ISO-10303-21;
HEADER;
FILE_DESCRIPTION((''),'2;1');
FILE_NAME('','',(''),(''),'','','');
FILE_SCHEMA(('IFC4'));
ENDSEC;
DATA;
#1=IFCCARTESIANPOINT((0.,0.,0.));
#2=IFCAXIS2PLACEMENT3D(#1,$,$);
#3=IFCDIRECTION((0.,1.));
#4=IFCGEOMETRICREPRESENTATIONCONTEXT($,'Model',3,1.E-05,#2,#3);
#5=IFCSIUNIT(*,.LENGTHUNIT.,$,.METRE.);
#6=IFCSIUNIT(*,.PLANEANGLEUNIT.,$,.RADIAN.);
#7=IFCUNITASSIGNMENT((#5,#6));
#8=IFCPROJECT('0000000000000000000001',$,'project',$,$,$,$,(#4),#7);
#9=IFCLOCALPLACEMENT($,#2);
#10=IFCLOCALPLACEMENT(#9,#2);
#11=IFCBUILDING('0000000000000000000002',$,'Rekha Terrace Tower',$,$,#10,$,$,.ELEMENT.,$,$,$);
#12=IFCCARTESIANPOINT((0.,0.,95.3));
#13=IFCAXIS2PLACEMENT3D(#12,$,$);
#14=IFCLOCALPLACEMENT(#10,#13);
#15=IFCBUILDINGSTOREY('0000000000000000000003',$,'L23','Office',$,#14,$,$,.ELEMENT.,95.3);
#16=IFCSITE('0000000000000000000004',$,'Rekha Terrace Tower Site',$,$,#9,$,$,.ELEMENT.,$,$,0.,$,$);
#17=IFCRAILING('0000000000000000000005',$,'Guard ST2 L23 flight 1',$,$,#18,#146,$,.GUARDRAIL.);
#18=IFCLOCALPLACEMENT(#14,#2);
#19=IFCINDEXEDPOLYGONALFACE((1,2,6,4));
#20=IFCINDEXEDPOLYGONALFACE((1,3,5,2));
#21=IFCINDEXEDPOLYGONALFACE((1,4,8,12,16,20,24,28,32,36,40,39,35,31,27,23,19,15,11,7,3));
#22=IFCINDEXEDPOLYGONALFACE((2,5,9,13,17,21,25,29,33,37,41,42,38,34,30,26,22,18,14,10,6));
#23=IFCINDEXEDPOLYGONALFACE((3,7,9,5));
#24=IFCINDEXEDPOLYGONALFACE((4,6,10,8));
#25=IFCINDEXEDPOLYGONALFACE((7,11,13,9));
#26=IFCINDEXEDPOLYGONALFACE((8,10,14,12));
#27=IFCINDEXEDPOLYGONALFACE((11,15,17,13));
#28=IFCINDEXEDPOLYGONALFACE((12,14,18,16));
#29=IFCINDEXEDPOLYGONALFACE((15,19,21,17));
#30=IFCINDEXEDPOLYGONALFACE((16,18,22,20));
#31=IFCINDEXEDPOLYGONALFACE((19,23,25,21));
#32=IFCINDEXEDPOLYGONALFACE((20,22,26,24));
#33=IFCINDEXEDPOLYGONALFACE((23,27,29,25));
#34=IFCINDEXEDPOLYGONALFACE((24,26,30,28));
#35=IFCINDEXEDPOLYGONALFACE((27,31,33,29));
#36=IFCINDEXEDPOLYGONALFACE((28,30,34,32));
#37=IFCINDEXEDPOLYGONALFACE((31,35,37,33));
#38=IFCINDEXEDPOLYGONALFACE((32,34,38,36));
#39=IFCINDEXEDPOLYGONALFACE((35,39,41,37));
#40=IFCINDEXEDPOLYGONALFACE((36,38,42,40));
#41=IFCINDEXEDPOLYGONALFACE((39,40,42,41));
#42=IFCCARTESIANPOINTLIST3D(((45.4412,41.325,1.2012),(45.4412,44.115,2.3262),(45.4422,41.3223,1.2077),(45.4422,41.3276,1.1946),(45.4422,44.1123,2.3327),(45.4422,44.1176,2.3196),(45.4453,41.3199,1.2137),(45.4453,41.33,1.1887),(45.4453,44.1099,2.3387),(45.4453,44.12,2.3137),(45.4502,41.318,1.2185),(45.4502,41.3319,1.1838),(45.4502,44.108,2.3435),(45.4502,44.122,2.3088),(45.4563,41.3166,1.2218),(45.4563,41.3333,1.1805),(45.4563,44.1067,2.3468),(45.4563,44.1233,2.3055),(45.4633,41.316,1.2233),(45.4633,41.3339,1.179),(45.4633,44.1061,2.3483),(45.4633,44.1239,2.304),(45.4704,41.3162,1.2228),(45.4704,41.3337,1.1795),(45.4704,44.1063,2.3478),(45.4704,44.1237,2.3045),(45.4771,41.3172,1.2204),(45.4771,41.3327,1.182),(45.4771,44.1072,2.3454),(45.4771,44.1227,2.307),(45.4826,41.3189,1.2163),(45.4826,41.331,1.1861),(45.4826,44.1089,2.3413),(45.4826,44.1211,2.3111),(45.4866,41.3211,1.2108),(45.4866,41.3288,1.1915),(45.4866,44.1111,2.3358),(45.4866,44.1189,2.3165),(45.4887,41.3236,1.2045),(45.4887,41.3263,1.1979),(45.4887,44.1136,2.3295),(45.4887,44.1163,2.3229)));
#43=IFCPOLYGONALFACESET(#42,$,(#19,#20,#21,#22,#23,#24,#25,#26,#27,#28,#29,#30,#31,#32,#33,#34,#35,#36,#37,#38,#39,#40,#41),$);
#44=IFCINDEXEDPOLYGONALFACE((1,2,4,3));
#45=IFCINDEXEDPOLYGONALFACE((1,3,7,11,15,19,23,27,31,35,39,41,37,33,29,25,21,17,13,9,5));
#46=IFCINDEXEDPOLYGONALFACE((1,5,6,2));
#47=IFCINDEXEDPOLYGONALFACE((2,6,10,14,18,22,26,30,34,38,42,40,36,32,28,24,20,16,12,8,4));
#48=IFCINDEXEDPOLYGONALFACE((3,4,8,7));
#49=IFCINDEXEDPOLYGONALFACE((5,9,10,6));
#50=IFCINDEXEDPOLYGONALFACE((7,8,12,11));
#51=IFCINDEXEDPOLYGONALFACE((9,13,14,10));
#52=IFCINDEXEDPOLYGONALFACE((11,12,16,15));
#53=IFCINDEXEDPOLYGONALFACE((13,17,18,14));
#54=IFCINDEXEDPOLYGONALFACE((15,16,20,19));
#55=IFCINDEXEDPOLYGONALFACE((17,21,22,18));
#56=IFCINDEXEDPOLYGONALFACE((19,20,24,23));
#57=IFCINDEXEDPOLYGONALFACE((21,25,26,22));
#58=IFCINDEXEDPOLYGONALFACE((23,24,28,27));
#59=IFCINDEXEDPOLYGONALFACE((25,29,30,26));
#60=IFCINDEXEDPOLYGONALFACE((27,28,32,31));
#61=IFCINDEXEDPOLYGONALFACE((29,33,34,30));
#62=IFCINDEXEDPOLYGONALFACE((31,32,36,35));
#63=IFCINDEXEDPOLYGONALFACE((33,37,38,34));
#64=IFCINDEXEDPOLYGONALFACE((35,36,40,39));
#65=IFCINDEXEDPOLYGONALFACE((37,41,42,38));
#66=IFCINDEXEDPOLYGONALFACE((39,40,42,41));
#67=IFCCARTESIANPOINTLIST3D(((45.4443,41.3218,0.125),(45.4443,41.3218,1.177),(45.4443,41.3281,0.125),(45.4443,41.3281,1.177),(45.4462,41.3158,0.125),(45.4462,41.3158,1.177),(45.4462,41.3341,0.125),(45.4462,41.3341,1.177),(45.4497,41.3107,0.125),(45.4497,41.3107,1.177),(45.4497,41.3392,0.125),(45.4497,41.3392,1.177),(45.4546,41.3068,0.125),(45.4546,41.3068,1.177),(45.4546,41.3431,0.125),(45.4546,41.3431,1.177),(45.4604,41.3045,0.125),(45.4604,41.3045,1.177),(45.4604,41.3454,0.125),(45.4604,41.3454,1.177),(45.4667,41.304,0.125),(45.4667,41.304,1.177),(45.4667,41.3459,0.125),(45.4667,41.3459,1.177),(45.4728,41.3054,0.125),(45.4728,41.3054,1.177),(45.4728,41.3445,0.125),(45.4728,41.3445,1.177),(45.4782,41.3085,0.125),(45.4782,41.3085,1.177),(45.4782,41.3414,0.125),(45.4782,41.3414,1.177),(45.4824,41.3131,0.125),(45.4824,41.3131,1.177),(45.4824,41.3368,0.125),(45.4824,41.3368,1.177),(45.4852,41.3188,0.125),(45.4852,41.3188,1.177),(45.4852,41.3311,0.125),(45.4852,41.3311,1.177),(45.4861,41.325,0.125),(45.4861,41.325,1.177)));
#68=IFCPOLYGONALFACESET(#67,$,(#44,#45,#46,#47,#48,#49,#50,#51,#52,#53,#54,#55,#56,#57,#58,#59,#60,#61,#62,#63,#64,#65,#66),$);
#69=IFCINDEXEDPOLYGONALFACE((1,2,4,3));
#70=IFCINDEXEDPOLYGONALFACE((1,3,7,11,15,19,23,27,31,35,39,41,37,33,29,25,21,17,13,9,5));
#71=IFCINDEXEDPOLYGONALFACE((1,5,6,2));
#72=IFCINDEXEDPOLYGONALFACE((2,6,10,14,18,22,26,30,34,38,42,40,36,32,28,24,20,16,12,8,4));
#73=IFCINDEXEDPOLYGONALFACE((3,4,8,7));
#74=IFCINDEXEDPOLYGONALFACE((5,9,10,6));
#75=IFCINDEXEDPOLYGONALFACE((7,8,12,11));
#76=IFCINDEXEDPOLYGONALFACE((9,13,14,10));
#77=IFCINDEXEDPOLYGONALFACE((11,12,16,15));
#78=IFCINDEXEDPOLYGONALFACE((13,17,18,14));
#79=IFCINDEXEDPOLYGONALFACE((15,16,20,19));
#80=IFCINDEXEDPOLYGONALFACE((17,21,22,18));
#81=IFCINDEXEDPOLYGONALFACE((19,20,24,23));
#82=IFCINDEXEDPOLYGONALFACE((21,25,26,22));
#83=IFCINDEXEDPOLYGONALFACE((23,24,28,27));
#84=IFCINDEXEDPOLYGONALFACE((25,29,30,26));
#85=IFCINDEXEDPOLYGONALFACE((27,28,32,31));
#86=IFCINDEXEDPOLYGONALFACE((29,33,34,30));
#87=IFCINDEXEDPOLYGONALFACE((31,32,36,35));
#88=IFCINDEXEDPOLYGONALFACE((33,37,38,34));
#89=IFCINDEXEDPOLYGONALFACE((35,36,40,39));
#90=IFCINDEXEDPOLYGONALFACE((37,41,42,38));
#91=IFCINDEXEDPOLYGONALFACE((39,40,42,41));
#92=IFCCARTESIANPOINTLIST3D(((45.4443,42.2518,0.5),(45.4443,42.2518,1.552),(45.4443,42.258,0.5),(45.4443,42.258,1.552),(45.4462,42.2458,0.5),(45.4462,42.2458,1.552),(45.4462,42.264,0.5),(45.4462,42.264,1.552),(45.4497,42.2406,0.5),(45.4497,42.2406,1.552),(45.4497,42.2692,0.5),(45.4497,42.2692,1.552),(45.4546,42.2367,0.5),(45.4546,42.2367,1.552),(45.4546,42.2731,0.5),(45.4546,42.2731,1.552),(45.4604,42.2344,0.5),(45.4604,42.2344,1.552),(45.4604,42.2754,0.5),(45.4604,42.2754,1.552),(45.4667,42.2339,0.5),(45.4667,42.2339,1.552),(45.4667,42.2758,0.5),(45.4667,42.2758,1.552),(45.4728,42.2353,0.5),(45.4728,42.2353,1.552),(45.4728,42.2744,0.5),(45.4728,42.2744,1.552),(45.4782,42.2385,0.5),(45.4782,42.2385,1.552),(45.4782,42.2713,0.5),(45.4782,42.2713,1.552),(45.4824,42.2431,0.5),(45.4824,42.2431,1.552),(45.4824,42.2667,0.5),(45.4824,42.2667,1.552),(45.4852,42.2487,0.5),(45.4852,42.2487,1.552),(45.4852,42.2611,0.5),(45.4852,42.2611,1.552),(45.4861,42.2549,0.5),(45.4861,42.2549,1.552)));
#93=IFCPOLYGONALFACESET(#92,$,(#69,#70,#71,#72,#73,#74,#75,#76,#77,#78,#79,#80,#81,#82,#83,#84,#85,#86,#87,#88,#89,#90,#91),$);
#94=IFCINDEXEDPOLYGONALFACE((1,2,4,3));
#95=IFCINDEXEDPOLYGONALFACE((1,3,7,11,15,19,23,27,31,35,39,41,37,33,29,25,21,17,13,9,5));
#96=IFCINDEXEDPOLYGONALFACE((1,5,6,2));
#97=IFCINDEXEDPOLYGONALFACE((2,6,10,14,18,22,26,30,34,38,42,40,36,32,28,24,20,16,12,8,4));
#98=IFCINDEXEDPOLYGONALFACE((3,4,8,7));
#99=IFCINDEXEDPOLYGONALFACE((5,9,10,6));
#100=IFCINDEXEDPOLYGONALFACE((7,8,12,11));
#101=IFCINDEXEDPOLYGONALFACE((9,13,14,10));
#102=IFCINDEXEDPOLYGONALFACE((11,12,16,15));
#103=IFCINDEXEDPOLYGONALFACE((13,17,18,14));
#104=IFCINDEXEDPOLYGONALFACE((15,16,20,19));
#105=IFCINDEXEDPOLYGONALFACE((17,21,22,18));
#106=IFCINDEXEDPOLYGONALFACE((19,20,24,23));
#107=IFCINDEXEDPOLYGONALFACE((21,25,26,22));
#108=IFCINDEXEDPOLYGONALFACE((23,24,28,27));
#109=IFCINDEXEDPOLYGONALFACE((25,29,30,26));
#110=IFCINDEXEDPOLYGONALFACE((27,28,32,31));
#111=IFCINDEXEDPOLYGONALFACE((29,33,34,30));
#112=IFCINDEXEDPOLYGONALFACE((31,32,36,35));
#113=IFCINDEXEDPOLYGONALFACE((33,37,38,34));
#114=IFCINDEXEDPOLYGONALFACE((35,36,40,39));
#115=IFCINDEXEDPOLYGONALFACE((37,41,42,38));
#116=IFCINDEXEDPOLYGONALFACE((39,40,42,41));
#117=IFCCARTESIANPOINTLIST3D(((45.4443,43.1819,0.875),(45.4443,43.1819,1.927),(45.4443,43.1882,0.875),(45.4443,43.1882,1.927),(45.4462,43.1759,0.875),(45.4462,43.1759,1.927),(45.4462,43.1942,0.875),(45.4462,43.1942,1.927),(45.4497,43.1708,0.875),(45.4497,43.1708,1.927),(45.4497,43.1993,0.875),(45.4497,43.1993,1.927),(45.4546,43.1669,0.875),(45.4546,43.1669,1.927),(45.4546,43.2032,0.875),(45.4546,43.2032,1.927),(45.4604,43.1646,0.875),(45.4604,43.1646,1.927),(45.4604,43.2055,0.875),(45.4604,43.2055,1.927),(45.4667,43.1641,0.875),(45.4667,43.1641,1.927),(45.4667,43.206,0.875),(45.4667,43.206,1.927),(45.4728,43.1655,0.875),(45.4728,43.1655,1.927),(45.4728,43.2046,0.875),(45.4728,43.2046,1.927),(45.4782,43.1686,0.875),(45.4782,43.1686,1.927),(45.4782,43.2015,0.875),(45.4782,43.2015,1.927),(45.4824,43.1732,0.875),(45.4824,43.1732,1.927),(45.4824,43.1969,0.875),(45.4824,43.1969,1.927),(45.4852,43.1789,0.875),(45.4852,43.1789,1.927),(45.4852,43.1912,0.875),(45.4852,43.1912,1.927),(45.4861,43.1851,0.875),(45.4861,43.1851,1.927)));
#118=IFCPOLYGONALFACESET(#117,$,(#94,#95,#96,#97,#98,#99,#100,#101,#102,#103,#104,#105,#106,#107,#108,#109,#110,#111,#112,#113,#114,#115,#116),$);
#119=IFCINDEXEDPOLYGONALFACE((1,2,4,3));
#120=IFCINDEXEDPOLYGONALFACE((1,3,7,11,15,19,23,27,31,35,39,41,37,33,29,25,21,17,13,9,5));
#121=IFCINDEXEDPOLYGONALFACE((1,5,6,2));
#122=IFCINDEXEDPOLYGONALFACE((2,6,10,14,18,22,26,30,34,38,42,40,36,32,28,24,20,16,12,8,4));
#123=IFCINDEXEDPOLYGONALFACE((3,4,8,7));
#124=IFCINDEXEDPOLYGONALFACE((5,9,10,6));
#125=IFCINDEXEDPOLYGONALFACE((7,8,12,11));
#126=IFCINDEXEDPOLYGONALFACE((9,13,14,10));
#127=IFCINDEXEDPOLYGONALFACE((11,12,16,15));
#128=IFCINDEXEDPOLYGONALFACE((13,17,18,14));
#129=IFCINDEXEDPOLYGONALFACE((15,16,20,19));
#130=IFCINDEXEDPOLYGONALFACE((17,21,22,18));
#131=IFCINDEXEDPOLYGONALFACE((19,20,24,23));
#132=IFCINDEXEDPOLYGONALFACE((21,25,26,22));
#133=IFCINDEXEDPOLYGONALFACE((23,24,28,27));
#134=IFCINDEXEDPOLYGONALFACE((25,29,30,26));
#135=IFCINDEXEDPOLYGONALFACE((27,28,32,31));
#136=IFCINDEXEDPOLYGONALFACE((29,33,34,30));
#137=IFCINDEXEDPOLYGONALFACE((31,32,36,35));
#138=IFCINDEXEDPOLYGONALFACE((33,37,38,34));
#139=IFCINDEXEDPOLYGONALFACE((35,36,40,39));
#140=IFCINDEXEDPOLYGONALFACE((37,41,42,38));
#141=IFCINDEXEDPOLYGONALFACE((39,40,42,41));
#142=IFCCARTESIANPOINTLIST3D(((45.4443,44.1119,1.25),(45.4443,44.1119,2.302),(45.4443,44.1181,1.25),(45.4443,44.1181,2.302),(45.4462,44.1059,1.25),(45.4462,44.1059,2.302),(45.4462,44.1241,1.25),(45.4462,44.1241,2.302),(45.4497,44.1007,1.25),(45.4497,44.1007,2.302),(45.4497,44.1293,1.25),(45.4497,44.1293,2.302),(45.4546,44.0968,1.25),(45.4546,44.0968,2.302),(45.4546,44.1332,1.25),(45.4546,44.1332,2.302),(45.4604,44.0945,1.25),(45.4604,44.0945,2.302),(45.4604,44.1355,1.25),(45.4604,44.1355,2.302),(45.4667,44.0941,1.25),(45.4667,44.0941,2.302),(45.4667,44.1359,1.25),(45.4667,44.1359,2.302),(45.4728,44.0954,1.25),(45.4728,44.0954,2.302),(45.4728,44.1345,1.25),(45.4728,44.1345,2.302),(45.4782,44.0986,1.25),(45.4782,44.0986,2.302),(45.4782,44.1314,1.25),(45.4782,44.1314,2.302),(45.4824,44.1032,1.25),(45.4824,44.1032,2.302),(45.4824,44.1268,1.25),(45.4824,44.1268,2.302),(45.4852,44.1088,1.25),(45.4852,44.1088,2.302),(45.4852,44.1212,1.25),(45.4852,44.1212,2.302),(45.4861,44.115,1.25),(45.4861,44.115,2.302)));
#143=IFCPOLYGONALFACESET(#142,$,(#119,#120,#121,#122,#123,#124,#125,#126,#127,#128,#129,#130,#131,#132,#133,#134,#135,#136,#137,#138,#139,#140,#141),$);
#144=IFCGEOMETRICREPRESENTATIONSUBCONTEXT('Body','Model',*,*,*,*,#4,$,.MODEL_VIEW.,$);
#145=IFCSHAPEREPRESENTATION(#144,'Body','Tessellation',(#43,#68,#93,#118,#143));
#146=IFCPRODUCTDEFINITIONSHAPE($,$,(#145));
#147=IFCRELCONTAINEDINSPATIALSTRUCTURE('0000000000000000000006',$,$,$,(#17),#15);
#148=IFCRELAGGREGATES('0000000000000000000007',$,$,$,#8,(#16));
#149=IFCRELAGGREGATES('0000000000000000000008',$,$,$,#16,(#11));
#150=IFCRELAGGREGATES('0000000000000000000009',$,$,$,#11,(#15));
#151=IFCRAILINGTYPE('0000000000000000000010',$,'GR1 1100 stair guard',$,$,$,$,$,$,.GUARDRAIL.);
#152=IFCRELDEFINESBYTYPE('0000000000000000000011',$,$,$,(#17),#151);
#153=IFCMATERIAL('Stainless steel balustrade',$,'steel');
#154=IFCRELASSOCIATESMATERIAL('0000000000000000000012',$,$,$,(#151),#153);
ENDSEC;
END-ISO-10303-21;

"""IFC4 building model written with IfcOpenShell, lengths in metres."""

from ifc_helpers import new_model, si_unit, direction, frame, origin, origin_2d, place, context, subcontext, project, spatial, circle, extrude, material, type_object, element, save


model = new_model("IFC4")

# Units and contexts
model_context = context("Model", 3, precision=1e-05, world=origin(), true_north=direction((0.0, 1.0)))
body_context = subcontext(model_context, "Body", "Model", "MODEL_VIEW")
ifc_project = project(units=[si_unit("LENGTHUNIT", "METRE"), si_unit("PLANEANGLEUNIT", "RADIAN")], contexts=[model_context])

# Site, building, storey
site_placement = place(None, origin())
site = spatial("IfcSite", under=ifc_project, at=site_placement, Name="Rekha Terrace Tower Site", CompositionType="ELEMENT", RefElevation=0.0)
building_placement = place(site_placement, origin())
building = spatial("IfcBuilding", under=site, at=building_placement, Name="Rekha Terrace Tower", CompositionType="ELEMENT")
storey_placement = place(building_placement, frame((0.0, 0.0, 95.3)))
storey = spatial("IfcBuildingStorey", under=building, at=storey_placement, Name="L23", Description="Office", CompositionType="ELEMENT", Elevation=95.3)

# Railing
ifc_material_1 = material(Name="Stainless steel balustrade", Category="steel")
railing_type_1 = type_object("IfcRailingType", Name="GR1 1100 stair guard", PredefinedType="GUARDRAIL", material=ifc_material_1)
railing_1_placement = place(storey_placement, frame((45.4651, 41.325, 0.125)))
element("IfcRailing", 1, at=railing_1_placement, inside=storey, type_object=railing_type_1, Name="Guard ST2 L23 flight 1", PredefinedType="GUARDRAIL", context=body_context, shape_type="SweptSolid", body=[
    extrude(circle(Radius=0.0239, at=origin_2d()), frame((0.0, 0.0, 1.0762), z_axis=(0.0, 0.927443, 0.373964), x_axis=(-1.0, 0.0, 0.0)), (0.0, 0.0, 1.0), 3.0083),
    extrude(circle(Radius=0.021, at=origin_2d()), origin(), (0.0, 0.0, 1.0), 1.052),
    extrude(circle(Radius=0.021, at=origin_2d()), frame((0.0, 0.9299, 0.375)), (0.0, 0.0, 1.0), 1.052),
    extrude(circle(Radius=0.021, at=origin_2d()), frame((0.0, 1.8601, 0.75)), (0.0, 0.0, 1.0), 1.052),
    extrude(circle(Radius=0.021, at=origin_2d()), frame((0.0, 2.79, 1.125)), (0.0, 0.0, 1.0), 1.052),
])

save(model, "model.ifc")
